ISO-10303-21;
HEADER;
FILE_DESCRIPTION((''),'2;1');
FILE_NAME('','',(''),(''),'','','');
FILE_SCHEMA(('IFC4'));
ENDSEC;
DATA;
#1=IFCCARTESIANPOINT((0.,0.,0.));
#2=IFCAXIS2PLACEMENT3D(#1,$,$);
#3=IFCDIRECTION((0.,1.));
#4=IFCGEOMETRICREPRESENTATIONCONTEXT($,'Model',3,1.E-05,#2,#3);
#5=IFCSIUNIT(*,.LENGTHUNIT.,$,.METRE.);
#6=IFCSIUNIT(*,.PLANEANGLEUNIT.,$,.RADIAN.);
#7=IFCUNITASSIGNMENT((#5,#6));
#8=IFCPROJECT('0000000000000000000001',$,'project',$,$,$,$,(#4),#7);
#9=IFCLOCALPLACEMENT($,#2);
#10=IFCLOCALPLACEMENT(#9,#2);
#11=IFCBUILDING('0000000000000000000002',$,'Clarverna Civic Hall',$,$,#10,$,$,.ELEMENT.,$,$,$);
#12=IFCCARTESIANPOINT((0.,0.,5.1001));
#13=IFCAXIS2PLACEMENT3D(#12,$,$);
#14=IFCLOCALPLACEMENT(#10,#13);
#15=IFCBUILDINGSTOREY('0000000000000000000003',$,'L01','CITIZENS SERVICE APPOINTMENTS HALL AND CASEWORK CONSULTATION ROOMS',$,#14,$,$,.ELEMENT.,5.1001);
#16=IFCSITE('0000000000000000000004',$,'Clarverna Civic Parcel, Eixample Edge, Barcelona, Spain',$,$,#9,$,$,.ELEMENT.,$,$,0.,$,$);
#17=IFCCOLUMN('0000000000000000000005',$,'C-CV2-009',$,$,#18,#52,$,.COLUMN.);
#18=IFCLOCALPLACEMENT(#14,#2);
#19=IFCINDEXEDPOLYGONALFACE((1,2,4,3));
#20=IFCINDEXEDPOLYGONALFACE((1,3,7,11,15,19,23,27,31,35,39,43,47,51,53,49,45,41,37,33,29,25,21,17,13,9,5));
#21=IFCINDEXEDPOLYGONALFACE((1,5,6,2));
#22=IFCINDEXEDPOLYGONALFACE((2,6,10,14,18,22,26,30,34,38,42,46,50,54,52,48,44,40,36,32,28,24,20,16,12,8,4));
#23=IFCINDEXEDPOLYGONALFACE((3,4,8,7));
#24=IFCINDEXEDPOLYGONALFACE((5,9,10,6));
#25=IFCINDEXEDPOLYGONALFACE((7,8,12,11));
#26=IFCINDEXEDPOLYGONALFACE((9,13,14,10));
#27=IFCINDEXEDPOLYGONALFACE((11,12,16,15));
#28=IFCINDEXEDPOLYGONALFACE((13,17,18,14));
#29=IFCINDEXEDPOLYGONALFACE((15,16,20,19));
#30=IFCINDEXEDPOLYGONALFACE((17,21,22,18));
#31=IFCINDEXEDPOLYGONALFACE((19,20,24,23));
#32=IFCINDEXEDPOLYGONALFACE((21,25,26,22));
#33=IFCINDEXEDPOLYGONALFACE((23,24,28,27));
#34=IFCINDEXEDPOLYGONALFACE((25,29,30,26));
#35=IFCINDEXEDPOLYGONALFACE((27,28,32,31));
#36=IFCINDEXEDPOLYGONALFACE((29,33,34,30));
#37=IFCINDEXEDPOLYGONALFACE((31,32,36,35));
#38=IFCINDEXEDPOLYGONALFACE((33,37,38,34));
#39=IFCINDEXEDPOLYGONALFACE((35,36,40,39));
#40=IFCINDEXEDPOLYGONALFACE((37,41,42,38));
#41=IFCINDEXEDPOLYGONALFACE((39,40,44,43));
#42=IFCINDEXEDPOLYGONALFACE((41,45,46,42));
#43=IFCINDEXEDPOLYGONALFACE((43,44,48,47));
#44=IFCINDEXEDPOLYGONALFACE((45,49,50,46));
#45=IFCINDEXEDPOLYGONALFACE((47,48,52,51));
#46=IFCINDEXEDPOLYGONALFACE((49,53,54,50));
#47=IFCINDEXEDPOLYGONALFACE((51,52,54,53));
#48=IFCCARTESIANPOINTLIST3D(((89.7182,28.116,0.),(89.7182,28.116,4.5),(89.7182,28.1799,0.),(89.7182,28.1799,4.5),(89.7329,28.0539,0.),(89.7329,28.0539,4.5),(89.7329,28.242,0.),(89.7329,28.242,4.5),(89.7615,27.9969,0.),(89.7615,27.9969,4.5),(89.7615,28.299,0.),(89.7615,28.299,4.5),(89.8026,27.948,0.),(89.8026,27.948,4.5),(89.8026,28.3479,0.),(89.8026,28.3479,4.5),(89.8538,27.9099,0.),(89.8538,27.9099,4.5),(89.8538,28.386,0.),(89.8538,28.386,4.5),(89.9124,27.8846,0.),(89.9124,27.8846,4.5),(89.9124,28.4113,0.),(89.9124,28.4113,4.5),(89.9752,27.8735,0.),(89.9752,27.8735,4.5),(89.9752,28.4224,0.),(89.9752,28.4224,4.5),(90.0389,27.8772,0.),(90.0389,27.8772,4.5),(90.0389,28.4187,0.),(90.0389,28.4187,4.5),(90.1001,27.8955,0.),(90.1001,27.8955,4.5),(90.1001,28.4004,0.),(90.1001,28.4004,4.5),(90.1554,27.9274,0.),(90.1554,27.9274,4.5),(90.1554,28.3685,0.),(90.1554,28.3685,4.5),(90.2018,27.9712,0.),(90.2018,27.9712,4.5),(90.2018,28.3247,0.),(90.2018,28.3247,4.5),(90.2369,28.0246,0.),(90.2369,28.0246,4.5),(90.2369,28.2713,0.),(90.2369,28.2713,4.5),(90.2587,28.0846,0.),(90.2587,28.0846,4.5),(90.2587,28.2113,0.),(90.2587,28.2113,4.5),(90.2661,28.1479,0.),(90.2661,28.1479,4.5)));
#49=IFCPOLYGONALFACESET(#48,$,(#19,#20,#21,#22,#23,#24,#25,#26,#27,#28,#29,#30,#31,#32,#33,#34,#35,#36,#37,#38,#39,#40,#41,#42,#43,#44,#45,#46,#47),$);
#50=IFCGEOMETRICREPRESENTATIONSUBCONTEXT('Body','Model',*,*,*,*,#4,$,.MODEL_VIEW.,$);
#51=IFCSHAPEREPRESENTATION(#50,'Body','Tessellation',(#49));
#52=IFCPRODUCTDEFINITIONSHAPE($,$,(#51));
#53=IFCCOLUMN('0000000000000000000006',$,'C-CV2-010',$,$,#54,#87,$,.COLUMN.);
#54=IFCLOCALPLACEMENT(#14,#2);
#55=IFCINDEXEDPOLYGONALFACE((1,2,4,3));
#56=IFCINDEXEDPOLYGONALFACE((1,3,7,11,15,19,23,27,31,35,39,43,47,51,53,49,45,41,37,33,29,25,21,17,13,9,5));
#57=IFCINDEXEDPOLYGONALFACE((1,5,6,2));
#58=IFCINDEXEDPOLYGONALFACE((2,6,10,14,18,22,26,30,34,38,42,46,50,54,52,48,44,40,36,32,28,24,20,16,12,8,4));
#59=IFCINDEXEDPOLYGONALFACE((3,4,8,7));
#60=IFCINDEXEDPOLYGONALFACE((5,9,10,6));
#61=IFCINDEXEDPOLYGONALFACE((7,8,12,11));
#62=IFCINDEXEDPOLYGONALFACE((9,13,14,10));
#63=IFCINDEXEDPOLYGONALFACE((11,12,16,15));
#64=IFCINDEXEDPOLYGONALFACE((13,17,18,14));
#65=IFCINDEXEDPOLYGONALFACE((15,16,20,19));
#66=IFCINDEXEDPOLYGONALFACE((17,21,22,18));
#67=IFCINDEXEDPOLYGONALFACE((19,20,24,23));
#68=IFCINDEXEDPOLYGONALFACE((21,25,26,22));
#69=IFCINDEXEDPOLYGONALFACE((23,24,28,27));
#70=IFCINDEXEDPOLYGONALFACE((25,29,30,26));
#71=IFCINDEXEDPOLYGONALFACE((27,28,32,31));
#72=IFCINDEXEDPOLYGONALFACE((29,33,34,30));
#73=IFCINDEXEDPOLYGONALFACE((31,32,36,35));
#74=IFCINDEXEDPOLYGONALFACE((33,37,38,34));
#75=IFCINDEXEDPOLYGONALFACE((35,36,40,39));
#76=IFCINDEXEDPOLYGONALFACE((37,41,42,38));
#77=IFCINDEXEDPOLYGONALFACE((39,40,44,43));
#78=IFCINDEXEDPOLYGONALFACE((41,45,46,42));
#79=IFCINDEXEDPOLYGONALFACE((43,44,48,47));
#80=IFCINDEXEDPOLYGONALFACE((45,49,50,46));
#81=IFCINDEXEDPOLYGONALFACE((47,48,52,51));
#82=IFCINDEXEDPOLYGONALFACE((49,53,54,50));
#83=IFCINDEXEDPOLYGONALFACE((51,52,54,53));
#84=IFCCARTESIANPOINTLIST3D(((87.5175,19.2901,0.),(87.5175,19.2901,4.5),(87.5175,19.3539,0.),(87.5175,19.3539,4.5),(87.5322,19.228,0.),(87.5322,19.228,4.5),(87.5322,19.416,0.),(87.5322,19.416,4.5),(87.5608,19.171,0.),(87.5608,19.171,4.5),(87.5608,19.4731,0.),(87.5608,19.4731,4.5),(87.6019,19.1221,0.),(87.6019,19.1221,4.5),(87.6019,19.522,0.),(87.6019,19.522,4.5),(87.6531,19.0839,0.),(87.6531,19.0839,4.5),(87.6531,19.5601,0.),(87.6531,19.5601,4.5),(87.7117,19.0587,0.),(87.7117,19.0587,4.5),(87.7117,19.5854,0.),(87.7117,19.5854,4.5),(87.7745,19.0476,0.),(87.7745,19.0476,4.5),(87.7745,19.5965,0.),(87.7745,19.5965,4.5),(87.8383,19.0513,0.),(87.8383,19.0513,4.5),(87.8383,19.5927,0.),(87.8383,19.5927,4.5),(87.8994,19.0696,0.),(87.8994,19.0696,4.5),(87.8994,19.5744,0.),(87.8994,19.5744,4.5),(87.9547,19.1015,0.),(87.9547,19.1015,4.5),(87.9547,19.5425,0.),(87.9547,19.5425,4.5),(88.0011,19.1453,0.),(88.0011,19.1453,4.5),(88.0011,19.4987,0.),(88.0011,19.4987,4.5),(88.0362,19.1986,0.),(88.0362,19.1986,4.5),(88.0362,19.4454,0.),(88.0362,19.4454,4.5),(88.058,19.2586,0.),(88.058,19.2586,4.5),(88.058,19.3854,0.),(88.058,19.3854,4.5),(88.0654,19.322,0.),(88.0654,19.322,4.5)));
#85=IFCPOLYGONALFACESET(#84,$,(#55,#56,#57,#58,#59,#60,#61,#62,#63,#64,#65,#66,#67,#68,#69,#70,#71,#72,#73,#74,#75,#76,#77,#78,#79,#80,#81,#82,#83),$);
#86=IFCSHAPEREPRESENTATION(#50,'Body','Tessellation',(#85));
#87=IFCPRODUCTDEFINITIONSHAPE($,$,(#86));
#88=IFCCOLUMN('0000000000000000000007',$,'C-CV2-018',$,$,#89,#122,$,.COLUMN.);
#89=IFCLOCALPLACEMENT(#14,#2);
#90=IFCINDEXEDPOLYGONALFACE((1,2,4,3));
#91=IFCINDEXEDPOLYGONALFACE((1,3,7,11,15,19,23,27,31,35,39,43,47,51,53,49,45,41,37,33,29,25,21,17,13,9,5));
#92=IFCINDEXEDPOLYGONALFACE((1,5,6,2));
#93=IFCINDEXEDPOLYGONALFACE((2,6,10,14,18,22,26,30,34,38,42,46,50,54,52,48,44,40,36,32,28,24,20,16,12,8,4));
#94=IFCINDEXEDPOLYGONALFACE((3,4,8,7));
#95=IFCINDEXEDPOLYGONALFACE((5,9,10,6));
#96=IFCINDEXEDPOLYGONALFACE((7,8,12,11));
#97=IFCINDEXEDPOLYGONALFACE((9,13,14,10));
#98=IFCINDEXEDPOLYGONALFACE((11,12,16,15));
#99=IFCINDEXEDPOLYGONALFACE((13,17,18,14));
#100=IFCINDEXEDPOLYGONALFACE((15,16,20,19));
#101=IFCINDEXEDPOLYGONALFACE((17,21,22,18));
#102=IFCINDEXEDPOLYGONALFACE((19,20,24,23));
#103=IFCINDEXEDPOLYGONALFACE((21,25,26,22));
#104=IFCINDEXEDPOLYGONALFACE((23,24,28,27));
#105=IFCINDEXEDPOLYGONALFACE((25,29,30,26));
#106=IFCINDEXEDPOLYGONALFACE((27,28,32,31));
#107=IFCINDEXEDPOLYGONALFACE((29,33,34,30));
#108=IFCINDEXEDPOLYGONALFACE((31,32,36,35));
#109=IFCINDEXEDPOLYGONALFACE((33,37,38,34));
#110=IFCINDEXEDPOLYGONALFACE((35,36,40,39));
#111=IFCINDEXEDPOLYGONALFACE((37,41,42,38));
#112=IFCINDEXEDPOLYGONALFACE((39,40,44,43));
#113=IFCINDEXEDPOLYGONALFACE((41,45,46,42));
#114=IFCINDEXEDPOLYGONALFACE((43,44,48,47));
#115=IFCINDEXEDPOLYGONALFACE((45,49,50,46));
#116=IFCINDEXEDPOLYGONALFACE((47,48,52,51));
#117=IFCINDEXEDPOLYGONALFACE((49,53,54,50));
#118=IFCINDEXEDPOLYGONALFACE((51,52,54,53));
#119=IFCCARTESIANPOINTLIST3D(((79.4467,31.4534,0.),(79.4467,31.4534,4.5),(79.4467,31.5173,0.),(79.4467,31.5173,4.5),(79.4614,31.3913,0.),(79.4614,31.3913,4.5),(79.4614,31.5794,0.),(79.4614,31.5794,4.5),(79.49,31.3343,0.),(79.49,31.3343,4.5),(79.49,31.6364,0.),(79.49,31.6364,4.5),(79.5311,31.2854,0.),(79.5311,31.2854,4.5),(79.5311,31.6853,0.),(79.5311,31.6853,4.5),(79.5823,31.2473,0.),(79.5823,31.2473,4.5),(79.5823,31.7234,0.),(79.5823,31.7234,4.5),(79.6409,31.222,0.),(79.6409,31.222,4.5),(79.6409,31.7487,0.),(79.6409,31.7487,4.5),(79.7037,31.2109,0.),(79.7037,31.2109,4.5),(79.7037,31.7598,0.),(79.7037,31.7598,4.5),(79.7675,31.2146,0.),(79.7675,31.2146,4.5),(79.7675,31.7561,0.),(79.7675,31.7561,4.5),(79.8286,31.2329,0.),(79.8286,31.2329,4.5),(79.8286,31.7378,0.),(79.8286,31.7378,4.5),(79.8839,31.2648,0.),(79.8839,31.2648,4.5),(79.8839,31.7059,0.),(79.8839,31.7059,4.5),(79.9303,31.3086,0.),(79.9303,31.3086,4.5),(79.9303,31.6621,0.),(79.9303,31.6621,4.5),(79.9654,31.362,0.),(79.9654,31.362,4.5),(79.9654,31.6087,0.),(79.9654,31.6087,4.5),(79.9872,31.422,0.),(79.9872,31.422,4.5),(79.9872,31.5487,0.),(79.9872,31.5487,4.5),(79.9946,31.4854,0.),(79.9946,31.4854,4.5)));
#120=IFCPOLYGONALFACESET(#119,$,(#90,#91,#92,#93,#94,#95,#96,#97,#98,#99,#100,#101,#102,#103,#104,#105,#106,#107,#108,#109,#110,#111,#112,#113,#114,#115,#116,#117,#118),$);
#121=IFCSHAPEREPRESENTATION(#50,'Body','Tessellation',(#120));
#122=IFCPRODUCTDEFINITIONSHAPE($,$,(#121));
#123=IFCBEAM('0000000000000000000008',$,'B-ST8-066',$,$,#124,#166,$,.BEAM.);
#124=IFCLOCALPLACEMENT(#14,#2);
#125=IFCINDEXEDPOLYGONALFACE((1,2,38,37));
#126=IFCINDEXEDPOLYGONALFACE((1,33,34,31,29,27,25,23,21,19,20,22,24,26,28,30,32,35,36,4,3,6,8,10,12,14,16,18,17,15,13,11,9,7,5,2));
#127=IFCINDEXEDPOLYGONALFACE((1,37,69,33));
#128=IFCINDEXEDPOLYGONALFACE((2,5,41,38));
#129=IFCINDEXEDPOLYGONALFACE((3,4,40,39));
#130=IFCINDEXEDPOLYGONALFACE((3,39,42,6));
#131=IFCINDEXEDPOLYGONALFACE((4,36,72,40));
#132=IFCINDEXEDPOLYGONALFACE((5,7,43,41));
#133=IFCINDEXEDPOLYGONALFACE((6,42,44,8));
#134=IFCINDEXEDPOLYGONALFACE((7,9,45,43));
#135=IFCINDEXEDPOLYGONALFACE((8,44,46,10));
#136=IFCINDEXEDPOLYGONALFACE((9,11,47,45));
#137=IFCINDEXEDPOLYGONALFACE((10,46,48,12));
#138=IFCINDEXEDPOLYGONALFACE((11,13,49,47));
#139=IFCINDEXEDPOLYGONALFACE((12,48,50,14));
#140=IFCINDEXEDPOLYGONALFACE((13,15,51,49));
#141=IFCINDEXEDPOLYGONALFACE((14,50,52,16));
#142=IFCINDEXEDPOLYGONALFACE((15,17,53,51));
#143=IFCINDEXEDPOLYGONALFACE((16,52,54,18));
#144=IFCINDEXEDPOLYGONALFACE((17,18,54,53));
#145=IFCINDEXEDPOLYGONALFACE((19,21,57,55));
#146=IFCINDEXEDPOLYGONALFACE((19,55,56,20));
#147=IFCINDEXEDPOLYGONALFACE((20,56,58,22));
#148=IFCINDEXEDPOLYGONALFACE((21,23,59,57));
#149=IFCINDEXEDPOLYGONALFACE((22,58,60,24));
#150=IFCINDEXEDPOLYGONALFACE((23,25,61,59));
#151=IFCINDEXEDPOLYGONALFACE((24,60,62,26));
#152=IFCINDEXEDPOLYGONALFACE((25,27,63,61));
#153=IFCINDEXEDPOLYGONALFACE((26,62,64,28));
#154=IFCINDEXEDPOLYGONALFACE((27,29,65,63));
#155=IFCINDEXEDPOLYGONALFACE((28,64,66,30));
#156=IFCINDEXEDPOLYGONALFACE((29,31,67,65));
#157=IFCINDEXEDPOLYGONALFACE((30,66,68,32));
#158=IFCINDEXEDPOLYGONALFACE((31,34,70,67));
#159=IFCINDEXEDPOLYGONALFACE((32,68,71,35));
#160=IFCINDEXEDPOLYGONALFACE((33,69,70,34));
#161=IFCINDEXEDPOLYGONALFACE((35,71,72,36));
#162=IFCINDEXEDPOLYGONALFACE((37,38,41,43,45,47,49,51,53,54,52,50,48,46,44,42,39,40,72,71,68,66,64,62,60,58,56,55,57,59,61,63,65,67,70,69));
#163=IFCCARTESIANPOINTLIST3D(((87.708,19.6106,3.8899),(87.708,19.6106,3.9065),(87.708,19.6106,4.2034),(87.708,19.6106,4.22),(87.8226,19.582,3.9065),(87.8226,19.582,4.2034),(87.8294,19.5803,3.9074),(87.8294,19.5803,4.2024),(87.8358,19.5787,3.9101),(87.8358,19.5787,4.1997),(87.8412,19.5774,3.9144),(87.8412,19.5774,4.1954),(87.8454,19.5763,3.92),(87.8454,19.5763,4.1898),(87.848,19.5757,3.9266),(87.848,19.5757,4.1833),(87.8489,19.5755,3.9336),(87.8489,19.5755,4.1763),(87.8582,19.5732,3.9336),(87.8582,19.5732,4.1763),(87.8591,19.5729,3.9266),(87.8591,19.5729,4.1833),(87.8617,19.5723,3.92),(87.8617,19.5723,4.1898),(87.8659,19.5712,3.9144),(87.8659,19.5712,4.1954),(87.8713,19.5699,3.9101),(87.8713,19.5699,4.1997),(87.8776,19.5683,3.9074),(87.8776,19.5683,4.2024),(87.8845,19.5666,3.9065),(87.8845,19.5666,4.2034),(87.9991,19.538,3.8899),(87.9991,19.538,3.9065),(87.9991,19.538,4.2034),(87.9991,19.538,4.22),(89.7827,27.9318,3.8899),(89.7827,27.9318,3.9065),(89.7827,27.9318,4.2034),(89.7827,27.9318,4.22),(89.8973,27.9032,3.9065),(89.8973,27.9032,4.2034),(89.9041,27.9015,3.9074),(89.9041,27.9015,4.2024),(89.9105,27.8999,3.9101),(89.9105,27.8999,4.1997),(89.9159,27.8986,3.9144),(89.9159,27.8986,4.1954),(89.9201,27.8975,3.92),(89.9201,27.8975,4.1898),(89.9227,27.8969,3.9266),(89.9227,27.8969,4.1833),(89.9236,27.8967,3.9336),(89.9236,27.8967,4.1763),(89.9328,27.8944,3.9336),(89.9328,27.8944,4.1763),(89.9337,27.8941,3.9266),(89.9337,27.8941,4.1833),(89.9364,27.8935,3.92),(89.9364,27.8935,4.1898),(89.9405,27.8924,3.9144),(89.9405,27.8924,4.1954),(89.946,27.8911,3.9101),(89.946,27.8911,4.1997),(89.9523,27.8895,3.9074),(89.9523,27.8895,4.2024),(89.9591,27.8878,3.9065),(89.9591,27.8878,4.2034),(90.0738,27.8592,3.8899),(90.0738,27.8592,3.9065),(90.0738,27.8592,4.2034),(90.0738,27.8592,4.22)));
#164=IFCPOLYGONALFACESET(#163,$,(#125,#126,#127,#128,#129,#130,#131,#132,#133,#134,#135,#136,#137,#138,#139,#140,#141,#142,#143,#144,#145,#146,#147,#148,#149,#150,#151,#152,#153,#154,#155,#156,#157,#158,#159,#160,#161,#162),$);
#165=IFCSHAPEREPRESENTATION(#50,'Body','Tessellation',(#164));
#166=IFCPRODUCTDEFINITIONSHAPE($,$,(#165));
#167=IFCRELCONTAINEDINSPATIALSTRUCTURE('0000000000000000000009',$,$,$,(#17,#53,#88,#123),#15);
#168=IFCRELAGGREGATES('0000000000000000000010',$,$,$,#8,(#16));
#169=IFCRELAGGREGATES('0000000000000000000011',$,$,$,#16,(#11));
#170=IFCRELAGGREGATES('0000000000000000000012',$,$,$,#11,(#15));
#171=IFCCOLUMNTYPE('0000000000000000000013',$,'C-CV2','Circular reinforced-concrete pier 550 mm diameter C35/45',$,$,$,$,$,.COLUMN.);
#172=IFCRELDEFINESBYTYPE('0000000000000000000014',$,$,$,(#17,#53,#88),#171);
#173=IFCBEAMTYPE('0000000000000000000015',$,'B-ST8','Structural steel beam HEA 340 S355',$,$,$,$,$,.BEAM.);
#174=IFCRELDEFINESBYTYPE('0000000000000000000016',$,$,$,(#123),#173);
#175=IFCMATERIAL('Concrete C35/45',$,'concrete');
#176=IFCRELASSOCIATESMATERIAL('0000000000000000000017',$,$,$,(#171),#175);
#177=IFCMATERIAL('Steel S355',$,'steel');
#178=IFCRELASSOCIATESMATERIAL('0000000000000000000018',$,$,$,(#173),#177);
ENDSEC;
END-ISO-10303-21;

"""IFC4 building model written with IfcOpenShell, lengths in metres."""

from ifc_helpers import new_model, si_unit, direction, frame, origin, origin_2d, place, context, subcontext, project, spatial, circle, i_section, extrude, material, material_profile, profile_set, type_object, element, save


model = new_model("IFC4")

# Units and contexts
model_context = context("Model", 3, precision=1e-05, world=origin(), true_north=direction((0.0, 1.0)))
body_context = subcontext(model_context, "Body", "Model", "MODEL_VIEW")
ifc_project = project(units=[si_unit("LENGTHUNIT", "METRE"), si_unit("PLANEANGLEUNIT", "RADIAN")], contexts=[model_context])

# Site, building, storey
site_placement = place(None, origin())
site = spatial("IfcSite", under=ifc_project, at=site_placement, Name="Clarverna Civic Parcel, Eixample Edge, Barcelona, Spain", CompositionType="ELEMENT", RefElevation=0.0)
building_placement = place(site_placement, origin())
building = spatial("IfcBuilding", under=site, at=building_placement, Name="Clarverna Civic Hall", CompositionType="ELEMENT")
storey_placement = place(building_placement, frame((0.0, 0.0, 5.1001)))
storey = spatial("IfcBuildingStorey", under=building, at=storey_placement, Name="L01", Description="CITIZENS SERVICE APPOINTMENTS HALL AND CASEWORK CONSULTATION ROOMS", CompositionType="ELEMENT", Elevation=5.1001)

# Columns
ifc_material_1 = material(Name="Concrete C35/45", Category="concrete")
ifc_material_profile_1 = material_profile(ifc_material_1, circle(Radius=0.2749, at=origin_2d()), Name="RC D550")
ifc_profile_set_1 = profile_set([ifc_material_profile_1], Name="Concrete C35/45")
column_type = type_object("IfcColumnType", Name="C-CV2", Description="Circular reinforced-concrete pier 550 mm diameter C35/45", PredefinedType="COLUMN", material=ifc_profile_set_1)
for number, where, z_axis, x_axis, name in (
    (1, (89.9912, 28.1479, 0.0), (0.0, 0.0, 1.0), (1.0, 0.0, 0.0), "C-CV2-009"),
    (2, (87.7905, 19.322, 0.0), (0.0, 0.0, 1.0), (1.0, 0.0, 0.0), "C-CV2-010"),
    (3, (79.7197, 31.4854, 0.0), (0.0, 0.0, 1.0), (1.0, 0.0, 0.0), "C-CV2-018"),
):
    element("IfcColumn", number, at=place(storey_placement, frame(where, z_axis=z_axis, x_axis=x_axis)), inside=storey, type_object=column_type, Name=name, PredefinedType="COLUMN", context=body_context, shape_type="SweptSolid", body=[
        extrude(circle(Radius=0.2749, at=origin_2d()), origin(), (0.0, 0.0, 1.0), 4.5),
    ])

# Beam
ifc_material_2 = material(Name="Steel S355", Category="steel")
ifc_material_profile_2 = material_profile(ifc_material_2, i_section(OverallWidth=0.3, OverallDepth=0.3301, WebThickness=0.0095, FlangeThickness=0.0166, FilletRadius=0.0271, at=origin_2d()), Name="HEA 340")
ifc_profile_set_2 = profile_set([ifc_material_profile_2], Name="Steel S355")
beam_type_1 = type_object("IfcBeamType", Name="B-ST8", Description="Structural steel beam HEA 340 S355", PredefinedType="BEAM", material=ifc_profile_set_2)
beam_1_placement = place(storey_placement, frame((89.9282, 27.8955, 4.0549), z_axis=(-0.241919, -0.970296, 0.0), x_axis=(0.970296, -0.241919, 0.0)))
element("IfcBeam", 4, at=beam_1_placement, inside=storey, type_object=beam_type_1, Name="B-ST8-066", PredefinedType="BEAM", context=body_context, shape_type="SweptSolid", body=[
    extrude(i_section(OverallWidth=0.3, OverallDepth=0.3301, WebThickness=0.0095, FlangeThickness=0.0166, FilletRadius=0.0271, at=origin_2d()), origin(), (0.0, 0.0, 1.0), 8.5759),
])

save(model, "model.ifc")
